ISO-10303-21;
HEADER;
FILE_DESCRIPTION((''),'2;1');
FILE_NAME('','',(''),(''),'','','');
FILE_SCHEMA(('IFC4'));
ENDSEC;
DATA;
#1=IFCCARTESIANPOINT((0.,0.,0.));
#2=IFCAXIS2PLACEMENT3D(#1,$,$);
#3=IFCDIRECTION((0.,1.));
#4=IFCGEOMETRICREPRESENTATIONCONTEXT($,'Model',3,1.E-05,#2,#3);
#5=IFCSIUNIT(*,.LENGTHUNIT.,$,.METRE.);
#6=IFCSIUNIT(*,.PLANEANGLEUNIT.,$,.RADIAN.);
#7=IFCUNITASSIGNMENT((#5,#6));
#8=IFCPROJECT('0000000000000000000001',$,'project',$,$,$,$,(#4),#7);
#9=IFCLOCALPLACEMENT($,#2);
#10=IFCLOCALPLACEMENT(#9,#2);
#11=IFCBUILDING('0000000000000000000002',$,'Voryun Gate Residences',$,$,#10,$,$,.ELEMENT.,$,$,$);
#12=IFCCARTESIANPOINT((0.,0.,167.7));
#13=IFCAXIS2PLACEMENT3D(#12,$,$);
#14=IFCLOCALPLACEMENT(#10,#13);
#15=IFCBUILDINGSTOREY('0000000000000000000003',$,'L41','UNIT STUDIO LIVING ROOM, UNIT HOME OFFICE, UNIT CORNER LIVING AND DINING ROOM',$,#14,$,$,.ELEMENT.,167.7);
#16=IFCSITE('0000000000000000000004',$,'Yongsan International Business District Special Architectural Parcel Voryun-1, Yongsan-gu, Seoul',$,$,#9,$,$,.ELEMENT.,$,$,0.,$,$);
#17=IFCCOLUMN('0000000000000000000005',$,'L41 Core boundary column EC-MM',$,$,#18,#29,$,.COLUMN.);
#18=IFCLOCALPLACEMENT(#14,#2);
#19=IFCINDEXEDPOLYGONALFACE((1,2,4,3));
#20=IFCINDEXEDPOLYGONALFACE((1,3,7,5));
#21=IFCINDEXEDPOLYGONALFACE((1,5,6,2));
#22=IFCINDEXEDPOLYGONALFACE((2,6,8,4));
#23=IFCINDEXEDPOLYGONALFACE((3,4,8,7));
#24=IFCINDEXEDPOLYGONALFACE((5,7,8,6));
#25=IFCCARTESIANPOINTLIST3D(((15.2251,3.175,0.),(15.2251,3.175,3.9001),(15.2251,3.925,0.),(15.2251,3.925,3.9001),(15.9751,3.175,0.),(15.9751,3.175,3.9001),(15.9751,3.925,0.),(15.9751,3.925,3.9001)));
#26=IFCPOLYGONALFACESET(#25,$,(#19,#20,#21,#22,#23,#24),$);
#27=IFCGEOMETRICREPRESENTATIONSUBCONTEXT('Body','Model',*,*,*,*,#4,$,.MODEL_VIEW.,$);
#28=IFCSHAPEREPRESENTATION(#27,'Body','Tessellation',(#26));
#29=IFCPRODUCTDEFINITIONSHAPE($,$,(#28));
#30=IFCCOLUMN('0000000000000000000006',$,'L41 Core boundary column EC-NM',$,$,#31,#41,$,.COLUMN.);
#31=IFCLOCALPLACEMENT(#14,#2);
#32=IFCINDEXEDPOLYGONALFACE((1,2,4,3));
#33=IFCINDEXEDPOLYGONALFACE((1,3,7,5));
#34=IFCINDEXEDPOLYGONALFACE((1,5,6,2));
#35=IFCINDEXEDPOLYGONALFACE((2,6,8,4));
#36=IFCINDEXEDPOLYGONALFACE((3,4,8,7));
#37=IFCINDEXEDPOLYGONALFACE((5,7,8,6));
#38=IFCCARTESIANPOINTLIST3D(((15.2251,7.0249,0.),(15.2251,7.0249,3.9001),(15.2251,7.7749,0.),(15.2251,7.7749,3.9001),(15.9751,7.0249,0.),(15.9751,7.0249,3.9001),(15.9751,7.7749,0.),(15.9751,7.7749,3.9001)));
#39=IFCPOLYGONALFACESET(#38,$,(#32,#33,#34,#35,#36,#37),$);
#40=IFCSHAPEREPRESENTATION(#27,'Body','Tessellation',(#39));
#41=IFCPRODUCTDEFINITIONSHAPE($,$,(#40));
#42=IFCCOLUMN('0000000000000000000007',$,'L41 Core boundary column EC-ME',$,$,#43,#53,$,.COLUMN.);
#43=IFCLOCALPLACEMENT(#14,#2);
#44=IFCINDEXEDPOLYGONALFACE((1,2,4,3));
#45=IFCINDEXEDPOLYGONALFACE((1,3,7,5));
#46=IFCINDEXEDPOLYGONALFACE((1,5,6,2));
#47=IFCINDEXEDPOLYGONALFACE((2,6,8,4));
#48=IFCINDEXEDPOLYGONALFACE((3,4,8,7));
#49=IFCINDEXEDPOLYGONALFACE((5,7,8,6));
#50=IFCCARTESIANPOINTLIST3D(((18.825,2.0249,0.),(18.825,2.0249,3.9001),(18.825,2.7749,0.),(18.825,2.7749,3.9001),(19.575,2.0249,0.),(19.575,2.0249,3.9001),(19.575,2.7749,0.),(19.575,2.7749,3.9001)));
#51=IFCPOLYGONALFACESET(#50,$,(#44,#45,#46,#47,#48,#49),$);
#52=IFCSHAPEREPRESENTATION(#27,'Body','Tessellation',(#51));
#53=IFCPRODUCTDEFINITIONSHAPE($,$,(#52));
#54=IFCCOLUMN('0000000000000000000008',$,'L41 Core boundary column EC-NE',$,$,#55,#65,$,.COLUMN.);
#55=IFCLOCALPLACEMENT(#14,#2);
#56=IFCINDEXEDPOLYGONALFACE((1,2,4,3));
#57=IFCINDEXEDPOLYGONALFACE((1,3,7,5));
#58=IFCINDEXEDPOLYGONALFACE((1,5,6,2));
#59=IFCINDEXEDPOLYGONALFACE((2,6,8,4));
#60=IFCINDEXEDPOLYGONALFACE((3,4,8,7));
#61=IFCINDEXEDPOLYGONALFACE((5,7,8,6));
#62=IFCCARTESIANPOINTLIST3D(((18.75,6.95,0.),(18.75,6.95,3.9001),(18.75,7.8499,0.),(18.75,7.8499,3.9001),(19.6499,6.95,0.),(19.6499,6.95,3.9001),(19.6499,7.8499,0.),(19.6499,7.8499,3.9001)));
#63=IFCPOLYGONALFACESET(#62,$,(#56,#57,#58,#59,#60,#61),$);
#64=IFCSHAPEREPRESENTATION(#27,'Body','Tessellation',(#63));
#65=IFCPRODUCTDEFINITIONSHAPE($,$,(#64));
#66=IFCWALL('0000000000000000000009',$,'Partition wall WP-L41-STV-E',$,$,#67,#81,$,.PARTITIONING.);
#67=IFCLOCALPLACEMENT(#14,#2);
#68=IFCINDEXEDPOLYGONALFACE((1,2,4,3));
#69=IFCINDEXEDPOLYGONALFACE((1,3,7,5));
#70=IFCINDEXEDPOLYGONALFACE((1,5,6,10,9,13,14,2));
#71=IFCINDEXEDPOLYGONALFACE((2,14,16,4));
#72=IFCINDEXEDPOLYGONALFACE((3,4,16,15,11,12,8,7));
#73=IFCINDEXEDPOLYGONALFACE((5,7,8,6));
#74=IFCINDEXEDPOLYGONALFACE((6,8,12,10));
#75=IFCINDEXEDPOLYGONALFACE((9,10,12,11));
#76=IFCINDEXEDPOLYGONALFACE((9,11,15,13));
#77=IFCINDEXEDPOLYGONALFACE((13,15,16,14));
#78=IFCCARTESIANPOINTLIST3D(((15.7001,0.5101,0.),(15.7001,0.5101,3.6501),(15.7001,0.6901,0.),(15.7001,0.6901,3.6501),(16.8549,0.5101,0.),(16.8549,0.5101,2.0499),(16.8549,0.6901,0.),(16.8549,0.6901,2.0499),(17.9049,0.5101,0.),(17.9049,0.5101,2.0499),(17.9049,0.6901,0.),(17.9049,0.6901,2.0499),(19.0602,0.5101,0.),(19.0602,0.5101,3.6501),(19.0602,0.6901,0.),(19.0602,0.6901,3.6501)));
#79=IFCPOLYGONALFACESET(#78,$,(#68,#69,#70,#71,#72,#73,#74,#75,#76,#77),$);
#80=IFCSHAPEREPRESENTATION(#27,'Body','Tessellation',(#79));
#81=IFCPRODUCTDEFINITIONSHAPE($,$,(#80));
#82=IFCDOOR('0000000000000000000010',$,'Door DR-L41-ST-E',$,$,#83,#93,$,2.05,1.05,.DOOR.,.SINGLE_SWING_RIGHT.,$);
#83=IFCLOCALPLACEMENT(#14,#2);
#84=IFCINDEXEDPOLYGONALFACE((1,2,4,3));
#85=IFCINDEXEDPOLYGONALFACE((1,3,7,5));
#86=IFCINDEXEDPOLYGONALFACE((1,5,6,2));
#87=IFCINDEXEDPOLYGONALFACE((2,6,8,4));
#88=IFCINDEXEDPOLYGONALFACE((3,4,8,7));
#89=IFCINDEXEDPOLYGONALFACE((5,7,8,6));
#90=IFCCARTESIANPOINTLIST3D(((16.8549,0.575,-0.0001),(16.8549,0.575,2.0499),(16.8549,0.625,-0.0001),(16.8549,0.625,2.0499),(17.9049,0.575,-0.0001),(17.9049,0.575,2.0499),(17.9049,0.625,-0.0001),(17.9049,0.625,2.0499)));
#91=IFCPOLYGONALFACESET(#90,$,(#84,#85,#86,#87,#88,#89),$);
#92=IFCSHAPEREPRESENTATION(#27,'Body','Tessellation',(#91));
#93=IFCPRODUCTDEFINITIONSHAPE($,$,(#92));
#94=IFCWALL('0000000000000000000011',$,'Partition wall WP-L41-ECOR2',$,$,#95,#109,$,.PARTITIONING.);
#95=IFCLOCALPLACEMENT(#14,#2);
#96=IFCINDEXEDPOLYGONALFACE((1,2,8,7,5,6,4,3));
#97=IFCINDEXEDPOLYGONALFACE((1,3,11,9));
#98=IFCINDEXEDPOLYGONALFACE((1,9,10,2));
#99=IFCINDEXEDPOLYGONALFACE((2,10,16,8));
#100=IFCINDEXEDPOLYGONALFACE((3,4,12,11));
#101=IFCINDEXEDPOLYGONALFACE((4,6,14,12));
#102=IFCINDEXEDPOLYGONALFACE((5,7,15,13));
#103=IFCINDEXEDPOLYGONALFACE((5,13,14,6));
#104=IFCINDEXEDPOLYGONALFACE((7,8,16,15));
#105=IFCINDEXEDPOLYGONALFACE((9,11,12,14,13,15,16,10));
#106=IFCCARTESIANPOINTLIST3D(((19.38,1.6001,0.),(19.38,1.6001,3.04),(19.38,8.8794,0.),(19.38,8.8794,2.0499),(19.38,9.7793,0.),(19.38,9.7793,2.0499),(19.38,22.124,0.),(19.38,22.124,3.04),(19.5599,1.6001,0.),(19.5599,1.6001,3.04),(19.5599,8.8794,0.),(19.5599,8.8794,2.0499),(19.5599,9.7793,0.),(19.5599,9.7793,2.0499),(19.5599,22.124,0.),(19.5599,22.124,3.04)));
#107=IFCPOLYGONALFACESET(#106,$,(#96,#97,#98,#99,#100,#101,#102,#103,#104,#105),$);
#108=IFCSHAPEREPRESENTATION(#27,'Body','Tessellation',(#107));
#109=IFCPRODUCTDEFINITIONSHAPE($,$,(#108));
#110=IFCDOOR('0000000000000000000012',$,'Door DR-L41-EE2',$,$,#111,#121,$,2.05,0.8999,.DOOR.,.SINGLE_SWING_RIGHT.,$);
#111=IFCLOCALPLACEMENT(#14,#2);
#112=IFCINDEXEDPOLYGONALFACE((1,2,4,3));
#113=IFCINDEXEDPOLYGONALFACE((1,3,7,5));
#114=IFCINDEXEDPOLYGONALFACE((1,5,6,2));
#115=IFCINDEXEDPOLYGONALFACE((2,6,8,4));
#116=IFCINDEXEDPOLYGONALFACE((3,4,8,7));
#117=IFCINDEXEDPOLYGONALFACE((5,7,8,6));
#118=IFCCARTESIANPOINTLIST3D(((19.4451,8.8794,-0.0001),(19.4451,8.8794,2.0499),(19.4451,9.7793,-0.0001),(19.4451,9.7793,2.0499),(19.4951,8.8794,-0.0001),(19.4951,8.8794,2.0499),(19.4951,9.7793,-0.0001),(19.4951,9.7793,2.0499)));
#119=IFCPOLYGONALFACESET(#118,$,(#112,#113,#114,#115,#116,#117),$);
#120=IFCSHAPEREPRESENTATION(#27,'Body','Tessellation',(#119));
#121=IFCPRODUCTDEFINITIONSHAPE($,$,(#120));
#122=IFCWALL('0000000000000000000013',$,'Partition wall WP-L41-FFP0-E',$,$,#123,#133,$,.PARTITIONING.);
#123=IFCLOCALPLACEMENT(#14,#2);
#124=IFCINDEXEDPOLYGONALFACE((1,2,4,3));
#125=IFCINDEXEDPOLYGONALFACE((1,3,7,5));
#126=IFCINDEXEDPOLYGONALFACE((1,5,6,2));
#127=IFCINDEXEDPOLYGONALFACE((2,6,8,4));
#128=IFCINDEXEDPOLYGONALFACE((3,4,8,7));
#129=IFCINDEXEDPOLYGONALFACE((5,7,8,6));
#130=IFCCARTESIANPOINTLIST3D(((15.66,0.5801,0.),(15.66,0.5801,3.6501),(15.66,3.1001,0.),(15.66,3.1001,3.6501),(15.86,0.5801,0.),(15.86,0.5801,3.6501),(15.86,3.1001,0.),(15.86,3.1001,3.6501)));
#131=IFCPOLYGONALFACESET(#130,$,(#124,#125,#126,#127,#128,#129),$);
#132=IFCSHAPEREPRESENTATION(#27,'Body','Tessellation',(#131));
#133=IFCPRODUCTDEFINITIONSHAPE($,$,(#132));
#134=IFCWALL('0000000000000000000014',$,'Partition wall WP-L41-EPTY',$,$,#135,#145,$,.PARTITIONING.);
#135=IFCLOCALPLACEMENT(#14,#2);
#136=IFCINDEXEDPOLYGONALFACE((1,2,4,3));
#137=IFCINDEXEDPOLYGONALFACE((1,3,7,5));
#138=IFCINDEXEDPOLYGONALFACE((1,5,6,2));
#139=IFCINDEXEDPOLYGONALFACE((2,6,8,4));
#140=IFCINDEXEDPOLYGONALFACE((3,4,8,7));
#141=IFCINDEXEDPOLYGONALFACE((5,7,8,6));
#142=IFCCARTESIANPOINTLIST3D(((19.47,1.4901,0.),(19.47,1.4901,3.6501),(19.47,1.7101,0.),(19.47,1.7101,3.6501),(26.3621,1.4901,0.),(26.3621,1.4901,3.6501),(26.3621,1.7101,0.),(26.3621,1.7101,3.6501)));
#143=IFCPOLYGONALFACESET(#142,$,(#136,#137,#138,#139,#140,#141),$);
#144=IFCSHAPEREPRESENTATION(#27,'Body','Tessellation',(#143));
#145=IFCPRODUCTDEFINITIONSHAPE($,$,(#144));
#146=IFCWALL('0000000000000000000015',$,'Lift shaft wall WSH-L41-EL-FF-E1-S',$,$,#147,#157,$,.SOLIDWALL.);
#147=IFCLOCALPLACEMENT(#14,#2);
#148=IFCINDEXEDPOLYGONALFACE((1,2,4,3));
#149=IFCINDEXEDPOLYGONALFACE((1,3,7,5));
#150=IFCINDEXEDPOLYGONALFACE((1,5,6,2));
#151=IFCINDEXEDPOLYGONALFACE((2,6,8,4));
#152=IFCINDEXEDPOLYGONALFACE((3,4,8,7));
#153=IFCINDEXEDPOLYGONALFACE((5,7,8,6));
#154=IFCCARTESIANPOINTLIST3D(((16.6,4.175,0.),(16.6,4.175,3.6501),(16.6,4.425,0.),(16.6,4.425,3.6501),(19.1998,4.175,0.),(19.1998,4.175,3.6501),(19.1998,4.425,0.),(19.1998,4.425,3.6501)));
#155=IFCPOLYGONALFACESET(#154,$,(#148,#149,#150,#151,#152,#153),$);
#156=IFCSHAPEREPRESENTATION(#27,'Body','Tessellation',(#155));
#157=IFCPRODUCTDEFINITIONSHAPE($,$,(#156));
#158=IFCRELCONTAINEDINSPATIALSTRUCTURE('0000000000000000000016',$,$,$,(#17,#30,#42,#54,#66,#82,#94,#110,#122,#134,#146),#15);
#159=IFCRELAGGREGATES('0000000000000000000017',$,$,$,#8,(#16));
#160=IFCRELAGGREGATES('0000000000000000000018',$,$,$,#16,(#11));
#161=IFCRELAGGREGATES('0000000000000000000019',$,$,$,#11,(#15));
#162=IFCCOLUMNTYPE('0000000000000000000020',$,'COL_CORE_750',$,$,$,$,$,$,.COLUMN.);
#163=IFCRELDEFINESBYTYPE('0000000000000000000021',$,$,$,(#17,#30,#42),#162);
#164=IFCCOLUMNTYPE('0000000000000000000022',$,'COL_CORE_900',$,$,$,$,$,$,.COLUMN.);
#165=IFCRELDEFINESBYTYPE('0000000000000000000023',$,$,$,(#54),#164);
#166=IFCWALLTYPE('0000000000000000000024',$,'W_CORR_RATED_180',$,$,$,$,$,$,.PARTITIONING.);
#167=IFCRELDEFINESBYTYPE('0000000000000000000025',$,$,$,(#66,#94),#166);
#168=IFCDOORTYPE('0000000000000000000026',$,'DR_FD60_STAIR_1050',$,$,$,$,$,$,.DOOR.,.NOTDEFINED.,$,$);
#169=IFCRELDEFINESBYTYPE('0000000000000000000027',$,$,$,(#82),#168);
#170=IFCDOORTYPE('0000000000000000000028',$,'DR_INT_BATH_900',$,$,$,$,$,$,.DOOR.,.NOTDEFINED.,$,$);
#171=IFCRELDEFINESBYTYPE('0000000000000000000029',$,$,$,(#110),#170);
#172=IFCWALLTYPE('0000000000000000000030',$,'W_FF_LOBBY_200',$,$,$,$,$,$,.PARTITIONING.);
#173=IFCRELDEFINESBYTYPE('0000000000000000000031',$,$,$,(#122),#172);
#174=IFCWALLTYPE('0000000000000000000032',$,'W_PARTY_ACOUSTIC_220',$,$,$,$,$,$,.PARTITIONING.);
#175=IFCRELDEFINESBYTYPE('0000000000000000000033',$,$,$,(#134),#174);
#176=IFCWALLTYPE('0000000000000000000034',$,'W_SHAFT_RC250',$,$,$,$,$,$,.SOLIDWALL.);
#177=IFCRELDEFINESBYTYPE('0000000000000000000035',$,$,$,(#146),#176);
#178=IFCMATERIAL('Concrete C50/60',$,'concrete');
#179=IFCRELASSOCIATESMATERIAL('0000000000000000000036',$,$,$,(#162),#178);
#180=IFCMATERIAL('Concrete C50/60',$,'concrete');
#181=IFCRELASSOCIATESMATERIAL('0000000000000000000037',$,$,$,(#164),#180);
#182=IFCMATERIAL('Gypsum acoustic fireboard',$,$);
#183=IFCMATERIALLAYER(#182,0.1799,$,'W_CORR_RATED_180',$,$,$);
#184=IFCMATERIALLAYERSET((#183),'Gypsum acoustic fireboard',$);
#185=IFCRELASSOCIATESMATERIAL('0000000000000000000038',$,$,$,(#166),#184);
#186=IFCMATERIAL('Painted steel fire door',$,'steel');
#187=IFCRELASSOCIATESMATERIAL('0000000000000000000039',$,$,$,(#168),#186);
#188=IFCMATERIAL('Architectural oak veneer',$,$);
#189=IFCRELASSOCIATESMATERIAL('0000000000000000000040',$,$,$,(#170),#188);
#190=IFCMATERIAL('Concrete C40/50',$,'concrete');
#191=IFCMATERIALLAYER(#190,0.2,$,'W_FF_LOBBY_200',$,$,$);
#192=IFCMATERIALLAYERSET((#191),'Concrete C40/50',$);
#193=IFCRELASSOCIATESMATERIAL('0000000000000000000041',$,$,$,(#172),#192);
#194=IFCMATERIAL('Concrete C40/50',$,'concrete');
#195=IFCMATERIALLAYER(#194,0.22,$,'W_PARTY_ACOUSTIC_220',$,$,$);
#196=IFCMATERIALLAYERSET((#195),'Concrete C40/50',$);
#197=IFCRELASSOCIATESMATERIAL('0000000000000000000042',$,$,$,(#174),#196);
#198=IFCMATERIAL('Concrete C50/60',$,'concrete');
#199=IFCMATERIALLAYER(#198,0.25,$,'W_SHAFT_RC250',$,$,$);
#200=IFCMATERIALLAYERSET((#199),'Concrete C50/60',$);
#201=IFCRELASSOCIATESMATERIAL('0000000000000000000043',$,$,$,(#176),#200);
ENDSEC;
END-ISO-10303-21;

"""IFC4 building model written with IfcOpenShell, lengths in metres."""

from ifc_helpers import new_model, si_unit, direction, frame, frame_2d, origin, origin_2d, place, context, subcontext, project, spatial, rectangle, extrude, material, layer, layer_set, material_profile, profile_set, type_object, element, fill, save


model = new_model("IFC4")

# Units and contexts
model_context = context("Model", 3, precision=1e-05, world=origin(), true_north=direction((0.0, 1.0)))
body_context = subcontext(model_context, "Body", "Model", "MODEL_VIEW")
ifc_project = project(units=[si_unit("LENGTHUNIT", "METRE"), si_unit("PLANEANGLEUNIT", "RADIAN")], contexts=[model_context])

# Site, building, storey
site_placement = place(None, origin())
site = spatial("IfcSite", under=ifc_project, at=site_placement, Name="Yongsan International Business District Special Architectural Parcel Voryun-1, Yongsan-gu, Seoul", CompositionType="ELEMENT", RefElevation=0.0)
building_placement = place(site_placement, origin())
building = spatial("IfcBuilding", under=site, at=building_placement, Name="Voryun Gate Residences", CompositionType="ELEMENT")
storey_placement = place(building_placement, frame((0.0, 0.0, 167.7)))
storey = spatial("IfcBuildingStorey", under=building, at=storey_placement, Name="L41", Description="UNIT STUDIO LIVING ROOM, UNIT HOME OFFICE, UNIT CORNER LIVING AND DINING ROOM", CompositionType="ELEMENT", Elevation=167.7)

# Columns
ifc_material_1 = material(Name="Concrete C50/60", Category="concrete")
ifc_material_profile_1 = material_profile(ifc_material_1, rectangle(XDim=0.75, YDim=0.75, at=origin_2d()), Name="RC-750x750")
ifc_profile_set_1 = profile_set([ifc_material_profile_1], Name="Concrete C50/60")
column_type_1 = type_object("IfcColumnType", Name="COL_CORE_750", PredefinedType="COLUMN", material=ifc_profile_set_1)
for number, where, z_axis, x_axis, name in (
    (1, (15.6001, 3.55, 0.0), (0.0, 0.0, 1.0), (1.0, 0.0, 0.0), "L41 Core boundary column EC-MM"),
    (2, (15.6001, 7.3999, 0.0), (0.0, 0.0, 1.0), (1.0, 0.0, 0.0), "L41 Core boundary column EC-NM"),
    (3, (19.2, 2.3999, 0.0), (0.0, 0.0, 1.0), (1.0, 0.0, 0.0), "L41 Core boundary column EC-ME"),
):
    element("IfcColumn", number, at=place(storey_placement, frame(where, z_axis=z_axis, x_axis=x_axis)), inside=storey, type_object=column_type_1, Name=name, PredefinedType="COLUMN", context=body_context, shape_type="SweptSolid", body=[
        extrude(rectangle(XDim=0.75, YDim=0.75, at=origin_2d()), origin(), (0.0, 0.0, 1.0), 3.9001),
    ])
ifc_material_2 = material(Name="Concrete C50/60", Category="concrete")
ifc_material_profile_2 = material_profile(ifc_material_2, rectangle(XDim=0.8999, YDim=0.8999, at=origin_2d()), Name="RC-900x900")
ifc_profile_set_2 = profile_set([ifc_material_profile_2], Name="Concrete C50/60")
column_type_2 = type_object("IfcColumnType", Name="COL_CORE_900", PredefinedType="COLUMN", material=ifc_profile_set_2)
column_placement = place(storey_placement, frame((19.2, 7.3999, 0.0), z_axis=(0.0, 0.0, 1.0), x_axis=(1.0, 0.0, 0.0)))
element("IfcColumn", 4, at=column_placement, inside=storey, type_object=column_type_2, Name="L41 Core boundary column EC-NE", PredefinedType="COLUMN", context=body_context, shape_type="SweptSolid", body=[
    extrude(rectangle(XDim=0.8999, YDim=0.8999, at=origin_2d()), origin(), (0.0, 0.0, 1.0), 3.9001),
])

# Walls, openings, doors
ifc_material_3 = material(Name="Gypsum acoustic fireboard")
ifc_layer_1 = layer(ifc_material_3, 0.1799, Name="W_CORR_RATED_180")
ifc_layer_set_1 = layer_set([ifc_layer_1], Name="Gypsum acoustic fireboard")
wall_type_1 = type_object("IfcWallType", Name="W_CORR_RATED_180", PredefinedType="PARTITIONING", material=ifc_layer_set_1)
wall_1_placement = place(storey_placement, frame((15.7, 0.6001, 0.0), z_axis=(0.0, 0.0, 1.0), x_axis=(1.0, 0.0, 0.0)))
wall_1 = element("IfcWall", 5, at=wall_1_placement, inside=storey, type_object=wall_type_1, Name="Partition wall WP-L41-STV-E", PredefinedType="PARTITIONING", context=body_context, shape_type="SweptSolid", body=[
    extrude(rectangle(XDim=3.3601, YDim=0.1799, at=frame_2d((1.6802, 0.0))), origin(), (0.0, 0.0, 1.0), 3.6501),
])
opening_1_placement = place(wall_1_placement, frame((1.155, 0.0, 0.0)))
opening_1 = element("IfcOpeningElement", 6, at=opening_1_placement, cuts=wall_1, PredefinedType="OPENING", context=body_context, shape_type="SweptSolid", body=[
    extrude(rectangle(XDim=1.05, YDim=2.05, at=frame_2d((0.5249, 1.0249))), frame((0.0, 0.0999, 0.0), z_axis=(0.0, -1.0, 0.0), x_axis=(1.0, 0.0, 0.0)), (0.0, 0.0, 1.0), 0.2),
])
ifc_material_4 = material(Name="Painted steel fire door", Category="steel")
door_type_1 = type_object("IfcDoorType", Name="DR_FD60_STAIR_1050", OperationType="NOTDEFINED", PredefinedType="DOOR", material=ifc_material_4)
door_1_placement = place(opening_1_placement, origin())
door_1 = element("IfcDoor", 7, at=door_1_placement, inside=storey, type_object=door_type_1, Name="Door DR-L41-ST-E", OperationType="SINGLE_SWING_RIGHT", OverallHeight=2.05, OverallWidth=1.05, PredefinedType="DOOR", context=body_context, shape_type="SweptSolid", body=[
    extrude(rectangle(XDim=1.05, YDim=2.05, at=frame_2d((0.5249, 1.0249))), frame((0.0, 0.0249, 0.0), z_axis=(0.0, -1.0, 0.0), x_axis=(1.0, 0.0, 0.0)), (0.0, 0.0, 1.0), 0.05),
])
fill(opening_1, door_1)
wall_2_placement = place(storey_placement, frame((19.47, 1.6001, 0.0), z_axis=(0.0, 0.0, 1.0), x_axis=(0.0, 1.0, 0.0)))
wall_2 = element("IfcWall", 8, at=wall_2_placement, inside=storey, type_object=wall_type_1, Name="Partition wall WP-L41-ECOR2", PredefinedType="PARTITIONING", context=body_context, shape_type="SweptSolid", body=[
    extrude(rectangle(XDim=20.5239, YDim=0.1799, at=frame_2d((10.262, 0.0))), origin(), (0.0, 0.0, 1.0), 3.04),
])
opening_2_placement = place(wall_2_placement, frame((7.2793, 0.0, 0.0)))
opening_2 = element("IfcOpeningElement", 9, at=opening_2_placement, cuts=wall_2, PredefinedType="OPENING", context=body_context, shape_type="SweptSolid", body=[
    extrude(rectangle(XDim=0.8999, YDim=2.05, at=frame_2d((0.45, 1.0249))), frame((0.0, 0.0999, 0.0), z_axis=(0.0, -1.0, 0.0), x_axis=(1.0, 0.0, 0.0)), (0.0, 0.0, 1.0), 0.2),
])
ifc_material_5 = material(Name="Architectural oak veneer")
door_type_2 = type_object("IfcDoorType", Name="DR_INT_BATH_900", OperationType="NOTDEFINED", PredefinedType="DOOR", material=ifc_material_5)
door_2_placement = place(opening_2_placement, origin())
door_2 = element("IfcDoor", 10, at=door_2_placement, inside=storey, type_object=door_type_2, Name="Door DR-L41-EE2", OperationType="SINGLE_SWING_RIGHT", OverallHeight=2.05, OverallWidth=0.8999, PredefinedType="DOOR", context=body_context, shape_type="SweptSolid", body=[
    extrude(rectangle(XDim=0.8999, YDim=2.05, at=frame_2d((0.45, 1.0249))), frame((0.0, 0.0249, 0.0), z_axis=(0.0, -1.0, 0.0), x_axis=(1.0, 0.0, 0.0)), (0.0, 0.0, 1.0), 0.05),
])
fill(opening_2, door_2)

# Walls
ifc_material_6 = material(Name="Concrete C40/50", Category="concrete")
ifc_layer_2 = layer(ifc_material_6, 0.2, Name="W_FF_LOBBY_200")
ifc_layer_set_2 = layer_set([ifc_layer_2], Name="Concrete C40/50")
wall_type_2 = type_object("IfcWallType", Name="W_FF_LOBBY_200", PredefinedType="PARTITIONING", material=ifc_layer_set_2)
wall_3_placement = place(storey_placement, frame((15.76, 0.5801, 0.0), z_axis=(0.0, 0.0, 1.0), x_axis=(0.0, 1.0, 0.0)))
element("IfcWall", 11, at=wall_3_placement, inside=storey, type_object=wall_type_2, Name="Partition wall WP-L41-FFP0-E", PredefinedType="PARTITIONING", context=body_context, shape_type="SweptSolid", body=[
    extrude(rectangle(XDim=2.52, YDim=0.2, at=frame_2d((1.26, 0.0))), origin(), (0.0, 0.0, 1.0), 3.6501),
])
ifc_material_7 = material(Name="Concrete C40/50", Category="concrete")
ifc_layer_3 = layer(ifc_material_7, 0.22, Name="W_PARTY_ACOUSTIC_220")
ifc_layer_set_3 = layer_set([ifc_layer_3], Name="Concrete C40/50")
wall_type_3 = type_object("IfcWallType", Name="W_PARTY_ACOUSTIC_220", PredefinedType="PARTITIONING", material=ifc_layer_set_3)
wall_4_placement = place(storey_placement, frame((19.47, 1.6001, 0.0), z_axis=(0.0, 0.0, 1.0), x_axis=(1.0, 0.0, 0.0)))
element("IfcWall", 12, at=wall_4_placement, inside=storey, type_object=wall_type_3, Name="Partition wall WP-L41-EPTY", PredefinedType="PARTITIONING", context=body_context, shape_type="SweptSolid", body=[
    extrude(rectangle(XDim=6.8921, YDim=0.22, at=frame_2d((3.446, 0.0))), origin(), (0.0, 0.0, 1.0), 3.6501),
])
ifc_material_8 = material(Name="Concrete C50/60", Category="concrete")
ifc_layer_4 = layer(ifc_material_8, 0.25, Name="W_SHAFT_RC250")
ifc_layer_set_4 = layer_set([ifc_layer_4], Name="Concrete C50/60")
wall_type_4 = type_object("IfcWallType", Name="W_SHAFT_RC250", PredefinedType="SOLIDWALL", material=ifc_layer_set_4)
wall_5_placement = place(storey_placement, frame((16.6001, 4.3, 0.0), z_axis=(0.0, 0.0, 1.0), x_axis=(1.0, 0.0, 0.0)))
element("IfcWall", 13, at=wall_5_placement, inside=storey, type_object=wall_type_4, Name="Lift shaft wall WSH-L41-EL-FF-E1-S", PredefinedType="SOLIDWALL", context=body_context, shape_type="SweptSolid", body=[
    extrude(rectangle(XDim=2.5999, YDim=0.25, at=frame_2d((1.2998, 0.0))), origin(), (0.0, 0.0, 1.0), 3.6501),
])

save(model, "model.ifc")
